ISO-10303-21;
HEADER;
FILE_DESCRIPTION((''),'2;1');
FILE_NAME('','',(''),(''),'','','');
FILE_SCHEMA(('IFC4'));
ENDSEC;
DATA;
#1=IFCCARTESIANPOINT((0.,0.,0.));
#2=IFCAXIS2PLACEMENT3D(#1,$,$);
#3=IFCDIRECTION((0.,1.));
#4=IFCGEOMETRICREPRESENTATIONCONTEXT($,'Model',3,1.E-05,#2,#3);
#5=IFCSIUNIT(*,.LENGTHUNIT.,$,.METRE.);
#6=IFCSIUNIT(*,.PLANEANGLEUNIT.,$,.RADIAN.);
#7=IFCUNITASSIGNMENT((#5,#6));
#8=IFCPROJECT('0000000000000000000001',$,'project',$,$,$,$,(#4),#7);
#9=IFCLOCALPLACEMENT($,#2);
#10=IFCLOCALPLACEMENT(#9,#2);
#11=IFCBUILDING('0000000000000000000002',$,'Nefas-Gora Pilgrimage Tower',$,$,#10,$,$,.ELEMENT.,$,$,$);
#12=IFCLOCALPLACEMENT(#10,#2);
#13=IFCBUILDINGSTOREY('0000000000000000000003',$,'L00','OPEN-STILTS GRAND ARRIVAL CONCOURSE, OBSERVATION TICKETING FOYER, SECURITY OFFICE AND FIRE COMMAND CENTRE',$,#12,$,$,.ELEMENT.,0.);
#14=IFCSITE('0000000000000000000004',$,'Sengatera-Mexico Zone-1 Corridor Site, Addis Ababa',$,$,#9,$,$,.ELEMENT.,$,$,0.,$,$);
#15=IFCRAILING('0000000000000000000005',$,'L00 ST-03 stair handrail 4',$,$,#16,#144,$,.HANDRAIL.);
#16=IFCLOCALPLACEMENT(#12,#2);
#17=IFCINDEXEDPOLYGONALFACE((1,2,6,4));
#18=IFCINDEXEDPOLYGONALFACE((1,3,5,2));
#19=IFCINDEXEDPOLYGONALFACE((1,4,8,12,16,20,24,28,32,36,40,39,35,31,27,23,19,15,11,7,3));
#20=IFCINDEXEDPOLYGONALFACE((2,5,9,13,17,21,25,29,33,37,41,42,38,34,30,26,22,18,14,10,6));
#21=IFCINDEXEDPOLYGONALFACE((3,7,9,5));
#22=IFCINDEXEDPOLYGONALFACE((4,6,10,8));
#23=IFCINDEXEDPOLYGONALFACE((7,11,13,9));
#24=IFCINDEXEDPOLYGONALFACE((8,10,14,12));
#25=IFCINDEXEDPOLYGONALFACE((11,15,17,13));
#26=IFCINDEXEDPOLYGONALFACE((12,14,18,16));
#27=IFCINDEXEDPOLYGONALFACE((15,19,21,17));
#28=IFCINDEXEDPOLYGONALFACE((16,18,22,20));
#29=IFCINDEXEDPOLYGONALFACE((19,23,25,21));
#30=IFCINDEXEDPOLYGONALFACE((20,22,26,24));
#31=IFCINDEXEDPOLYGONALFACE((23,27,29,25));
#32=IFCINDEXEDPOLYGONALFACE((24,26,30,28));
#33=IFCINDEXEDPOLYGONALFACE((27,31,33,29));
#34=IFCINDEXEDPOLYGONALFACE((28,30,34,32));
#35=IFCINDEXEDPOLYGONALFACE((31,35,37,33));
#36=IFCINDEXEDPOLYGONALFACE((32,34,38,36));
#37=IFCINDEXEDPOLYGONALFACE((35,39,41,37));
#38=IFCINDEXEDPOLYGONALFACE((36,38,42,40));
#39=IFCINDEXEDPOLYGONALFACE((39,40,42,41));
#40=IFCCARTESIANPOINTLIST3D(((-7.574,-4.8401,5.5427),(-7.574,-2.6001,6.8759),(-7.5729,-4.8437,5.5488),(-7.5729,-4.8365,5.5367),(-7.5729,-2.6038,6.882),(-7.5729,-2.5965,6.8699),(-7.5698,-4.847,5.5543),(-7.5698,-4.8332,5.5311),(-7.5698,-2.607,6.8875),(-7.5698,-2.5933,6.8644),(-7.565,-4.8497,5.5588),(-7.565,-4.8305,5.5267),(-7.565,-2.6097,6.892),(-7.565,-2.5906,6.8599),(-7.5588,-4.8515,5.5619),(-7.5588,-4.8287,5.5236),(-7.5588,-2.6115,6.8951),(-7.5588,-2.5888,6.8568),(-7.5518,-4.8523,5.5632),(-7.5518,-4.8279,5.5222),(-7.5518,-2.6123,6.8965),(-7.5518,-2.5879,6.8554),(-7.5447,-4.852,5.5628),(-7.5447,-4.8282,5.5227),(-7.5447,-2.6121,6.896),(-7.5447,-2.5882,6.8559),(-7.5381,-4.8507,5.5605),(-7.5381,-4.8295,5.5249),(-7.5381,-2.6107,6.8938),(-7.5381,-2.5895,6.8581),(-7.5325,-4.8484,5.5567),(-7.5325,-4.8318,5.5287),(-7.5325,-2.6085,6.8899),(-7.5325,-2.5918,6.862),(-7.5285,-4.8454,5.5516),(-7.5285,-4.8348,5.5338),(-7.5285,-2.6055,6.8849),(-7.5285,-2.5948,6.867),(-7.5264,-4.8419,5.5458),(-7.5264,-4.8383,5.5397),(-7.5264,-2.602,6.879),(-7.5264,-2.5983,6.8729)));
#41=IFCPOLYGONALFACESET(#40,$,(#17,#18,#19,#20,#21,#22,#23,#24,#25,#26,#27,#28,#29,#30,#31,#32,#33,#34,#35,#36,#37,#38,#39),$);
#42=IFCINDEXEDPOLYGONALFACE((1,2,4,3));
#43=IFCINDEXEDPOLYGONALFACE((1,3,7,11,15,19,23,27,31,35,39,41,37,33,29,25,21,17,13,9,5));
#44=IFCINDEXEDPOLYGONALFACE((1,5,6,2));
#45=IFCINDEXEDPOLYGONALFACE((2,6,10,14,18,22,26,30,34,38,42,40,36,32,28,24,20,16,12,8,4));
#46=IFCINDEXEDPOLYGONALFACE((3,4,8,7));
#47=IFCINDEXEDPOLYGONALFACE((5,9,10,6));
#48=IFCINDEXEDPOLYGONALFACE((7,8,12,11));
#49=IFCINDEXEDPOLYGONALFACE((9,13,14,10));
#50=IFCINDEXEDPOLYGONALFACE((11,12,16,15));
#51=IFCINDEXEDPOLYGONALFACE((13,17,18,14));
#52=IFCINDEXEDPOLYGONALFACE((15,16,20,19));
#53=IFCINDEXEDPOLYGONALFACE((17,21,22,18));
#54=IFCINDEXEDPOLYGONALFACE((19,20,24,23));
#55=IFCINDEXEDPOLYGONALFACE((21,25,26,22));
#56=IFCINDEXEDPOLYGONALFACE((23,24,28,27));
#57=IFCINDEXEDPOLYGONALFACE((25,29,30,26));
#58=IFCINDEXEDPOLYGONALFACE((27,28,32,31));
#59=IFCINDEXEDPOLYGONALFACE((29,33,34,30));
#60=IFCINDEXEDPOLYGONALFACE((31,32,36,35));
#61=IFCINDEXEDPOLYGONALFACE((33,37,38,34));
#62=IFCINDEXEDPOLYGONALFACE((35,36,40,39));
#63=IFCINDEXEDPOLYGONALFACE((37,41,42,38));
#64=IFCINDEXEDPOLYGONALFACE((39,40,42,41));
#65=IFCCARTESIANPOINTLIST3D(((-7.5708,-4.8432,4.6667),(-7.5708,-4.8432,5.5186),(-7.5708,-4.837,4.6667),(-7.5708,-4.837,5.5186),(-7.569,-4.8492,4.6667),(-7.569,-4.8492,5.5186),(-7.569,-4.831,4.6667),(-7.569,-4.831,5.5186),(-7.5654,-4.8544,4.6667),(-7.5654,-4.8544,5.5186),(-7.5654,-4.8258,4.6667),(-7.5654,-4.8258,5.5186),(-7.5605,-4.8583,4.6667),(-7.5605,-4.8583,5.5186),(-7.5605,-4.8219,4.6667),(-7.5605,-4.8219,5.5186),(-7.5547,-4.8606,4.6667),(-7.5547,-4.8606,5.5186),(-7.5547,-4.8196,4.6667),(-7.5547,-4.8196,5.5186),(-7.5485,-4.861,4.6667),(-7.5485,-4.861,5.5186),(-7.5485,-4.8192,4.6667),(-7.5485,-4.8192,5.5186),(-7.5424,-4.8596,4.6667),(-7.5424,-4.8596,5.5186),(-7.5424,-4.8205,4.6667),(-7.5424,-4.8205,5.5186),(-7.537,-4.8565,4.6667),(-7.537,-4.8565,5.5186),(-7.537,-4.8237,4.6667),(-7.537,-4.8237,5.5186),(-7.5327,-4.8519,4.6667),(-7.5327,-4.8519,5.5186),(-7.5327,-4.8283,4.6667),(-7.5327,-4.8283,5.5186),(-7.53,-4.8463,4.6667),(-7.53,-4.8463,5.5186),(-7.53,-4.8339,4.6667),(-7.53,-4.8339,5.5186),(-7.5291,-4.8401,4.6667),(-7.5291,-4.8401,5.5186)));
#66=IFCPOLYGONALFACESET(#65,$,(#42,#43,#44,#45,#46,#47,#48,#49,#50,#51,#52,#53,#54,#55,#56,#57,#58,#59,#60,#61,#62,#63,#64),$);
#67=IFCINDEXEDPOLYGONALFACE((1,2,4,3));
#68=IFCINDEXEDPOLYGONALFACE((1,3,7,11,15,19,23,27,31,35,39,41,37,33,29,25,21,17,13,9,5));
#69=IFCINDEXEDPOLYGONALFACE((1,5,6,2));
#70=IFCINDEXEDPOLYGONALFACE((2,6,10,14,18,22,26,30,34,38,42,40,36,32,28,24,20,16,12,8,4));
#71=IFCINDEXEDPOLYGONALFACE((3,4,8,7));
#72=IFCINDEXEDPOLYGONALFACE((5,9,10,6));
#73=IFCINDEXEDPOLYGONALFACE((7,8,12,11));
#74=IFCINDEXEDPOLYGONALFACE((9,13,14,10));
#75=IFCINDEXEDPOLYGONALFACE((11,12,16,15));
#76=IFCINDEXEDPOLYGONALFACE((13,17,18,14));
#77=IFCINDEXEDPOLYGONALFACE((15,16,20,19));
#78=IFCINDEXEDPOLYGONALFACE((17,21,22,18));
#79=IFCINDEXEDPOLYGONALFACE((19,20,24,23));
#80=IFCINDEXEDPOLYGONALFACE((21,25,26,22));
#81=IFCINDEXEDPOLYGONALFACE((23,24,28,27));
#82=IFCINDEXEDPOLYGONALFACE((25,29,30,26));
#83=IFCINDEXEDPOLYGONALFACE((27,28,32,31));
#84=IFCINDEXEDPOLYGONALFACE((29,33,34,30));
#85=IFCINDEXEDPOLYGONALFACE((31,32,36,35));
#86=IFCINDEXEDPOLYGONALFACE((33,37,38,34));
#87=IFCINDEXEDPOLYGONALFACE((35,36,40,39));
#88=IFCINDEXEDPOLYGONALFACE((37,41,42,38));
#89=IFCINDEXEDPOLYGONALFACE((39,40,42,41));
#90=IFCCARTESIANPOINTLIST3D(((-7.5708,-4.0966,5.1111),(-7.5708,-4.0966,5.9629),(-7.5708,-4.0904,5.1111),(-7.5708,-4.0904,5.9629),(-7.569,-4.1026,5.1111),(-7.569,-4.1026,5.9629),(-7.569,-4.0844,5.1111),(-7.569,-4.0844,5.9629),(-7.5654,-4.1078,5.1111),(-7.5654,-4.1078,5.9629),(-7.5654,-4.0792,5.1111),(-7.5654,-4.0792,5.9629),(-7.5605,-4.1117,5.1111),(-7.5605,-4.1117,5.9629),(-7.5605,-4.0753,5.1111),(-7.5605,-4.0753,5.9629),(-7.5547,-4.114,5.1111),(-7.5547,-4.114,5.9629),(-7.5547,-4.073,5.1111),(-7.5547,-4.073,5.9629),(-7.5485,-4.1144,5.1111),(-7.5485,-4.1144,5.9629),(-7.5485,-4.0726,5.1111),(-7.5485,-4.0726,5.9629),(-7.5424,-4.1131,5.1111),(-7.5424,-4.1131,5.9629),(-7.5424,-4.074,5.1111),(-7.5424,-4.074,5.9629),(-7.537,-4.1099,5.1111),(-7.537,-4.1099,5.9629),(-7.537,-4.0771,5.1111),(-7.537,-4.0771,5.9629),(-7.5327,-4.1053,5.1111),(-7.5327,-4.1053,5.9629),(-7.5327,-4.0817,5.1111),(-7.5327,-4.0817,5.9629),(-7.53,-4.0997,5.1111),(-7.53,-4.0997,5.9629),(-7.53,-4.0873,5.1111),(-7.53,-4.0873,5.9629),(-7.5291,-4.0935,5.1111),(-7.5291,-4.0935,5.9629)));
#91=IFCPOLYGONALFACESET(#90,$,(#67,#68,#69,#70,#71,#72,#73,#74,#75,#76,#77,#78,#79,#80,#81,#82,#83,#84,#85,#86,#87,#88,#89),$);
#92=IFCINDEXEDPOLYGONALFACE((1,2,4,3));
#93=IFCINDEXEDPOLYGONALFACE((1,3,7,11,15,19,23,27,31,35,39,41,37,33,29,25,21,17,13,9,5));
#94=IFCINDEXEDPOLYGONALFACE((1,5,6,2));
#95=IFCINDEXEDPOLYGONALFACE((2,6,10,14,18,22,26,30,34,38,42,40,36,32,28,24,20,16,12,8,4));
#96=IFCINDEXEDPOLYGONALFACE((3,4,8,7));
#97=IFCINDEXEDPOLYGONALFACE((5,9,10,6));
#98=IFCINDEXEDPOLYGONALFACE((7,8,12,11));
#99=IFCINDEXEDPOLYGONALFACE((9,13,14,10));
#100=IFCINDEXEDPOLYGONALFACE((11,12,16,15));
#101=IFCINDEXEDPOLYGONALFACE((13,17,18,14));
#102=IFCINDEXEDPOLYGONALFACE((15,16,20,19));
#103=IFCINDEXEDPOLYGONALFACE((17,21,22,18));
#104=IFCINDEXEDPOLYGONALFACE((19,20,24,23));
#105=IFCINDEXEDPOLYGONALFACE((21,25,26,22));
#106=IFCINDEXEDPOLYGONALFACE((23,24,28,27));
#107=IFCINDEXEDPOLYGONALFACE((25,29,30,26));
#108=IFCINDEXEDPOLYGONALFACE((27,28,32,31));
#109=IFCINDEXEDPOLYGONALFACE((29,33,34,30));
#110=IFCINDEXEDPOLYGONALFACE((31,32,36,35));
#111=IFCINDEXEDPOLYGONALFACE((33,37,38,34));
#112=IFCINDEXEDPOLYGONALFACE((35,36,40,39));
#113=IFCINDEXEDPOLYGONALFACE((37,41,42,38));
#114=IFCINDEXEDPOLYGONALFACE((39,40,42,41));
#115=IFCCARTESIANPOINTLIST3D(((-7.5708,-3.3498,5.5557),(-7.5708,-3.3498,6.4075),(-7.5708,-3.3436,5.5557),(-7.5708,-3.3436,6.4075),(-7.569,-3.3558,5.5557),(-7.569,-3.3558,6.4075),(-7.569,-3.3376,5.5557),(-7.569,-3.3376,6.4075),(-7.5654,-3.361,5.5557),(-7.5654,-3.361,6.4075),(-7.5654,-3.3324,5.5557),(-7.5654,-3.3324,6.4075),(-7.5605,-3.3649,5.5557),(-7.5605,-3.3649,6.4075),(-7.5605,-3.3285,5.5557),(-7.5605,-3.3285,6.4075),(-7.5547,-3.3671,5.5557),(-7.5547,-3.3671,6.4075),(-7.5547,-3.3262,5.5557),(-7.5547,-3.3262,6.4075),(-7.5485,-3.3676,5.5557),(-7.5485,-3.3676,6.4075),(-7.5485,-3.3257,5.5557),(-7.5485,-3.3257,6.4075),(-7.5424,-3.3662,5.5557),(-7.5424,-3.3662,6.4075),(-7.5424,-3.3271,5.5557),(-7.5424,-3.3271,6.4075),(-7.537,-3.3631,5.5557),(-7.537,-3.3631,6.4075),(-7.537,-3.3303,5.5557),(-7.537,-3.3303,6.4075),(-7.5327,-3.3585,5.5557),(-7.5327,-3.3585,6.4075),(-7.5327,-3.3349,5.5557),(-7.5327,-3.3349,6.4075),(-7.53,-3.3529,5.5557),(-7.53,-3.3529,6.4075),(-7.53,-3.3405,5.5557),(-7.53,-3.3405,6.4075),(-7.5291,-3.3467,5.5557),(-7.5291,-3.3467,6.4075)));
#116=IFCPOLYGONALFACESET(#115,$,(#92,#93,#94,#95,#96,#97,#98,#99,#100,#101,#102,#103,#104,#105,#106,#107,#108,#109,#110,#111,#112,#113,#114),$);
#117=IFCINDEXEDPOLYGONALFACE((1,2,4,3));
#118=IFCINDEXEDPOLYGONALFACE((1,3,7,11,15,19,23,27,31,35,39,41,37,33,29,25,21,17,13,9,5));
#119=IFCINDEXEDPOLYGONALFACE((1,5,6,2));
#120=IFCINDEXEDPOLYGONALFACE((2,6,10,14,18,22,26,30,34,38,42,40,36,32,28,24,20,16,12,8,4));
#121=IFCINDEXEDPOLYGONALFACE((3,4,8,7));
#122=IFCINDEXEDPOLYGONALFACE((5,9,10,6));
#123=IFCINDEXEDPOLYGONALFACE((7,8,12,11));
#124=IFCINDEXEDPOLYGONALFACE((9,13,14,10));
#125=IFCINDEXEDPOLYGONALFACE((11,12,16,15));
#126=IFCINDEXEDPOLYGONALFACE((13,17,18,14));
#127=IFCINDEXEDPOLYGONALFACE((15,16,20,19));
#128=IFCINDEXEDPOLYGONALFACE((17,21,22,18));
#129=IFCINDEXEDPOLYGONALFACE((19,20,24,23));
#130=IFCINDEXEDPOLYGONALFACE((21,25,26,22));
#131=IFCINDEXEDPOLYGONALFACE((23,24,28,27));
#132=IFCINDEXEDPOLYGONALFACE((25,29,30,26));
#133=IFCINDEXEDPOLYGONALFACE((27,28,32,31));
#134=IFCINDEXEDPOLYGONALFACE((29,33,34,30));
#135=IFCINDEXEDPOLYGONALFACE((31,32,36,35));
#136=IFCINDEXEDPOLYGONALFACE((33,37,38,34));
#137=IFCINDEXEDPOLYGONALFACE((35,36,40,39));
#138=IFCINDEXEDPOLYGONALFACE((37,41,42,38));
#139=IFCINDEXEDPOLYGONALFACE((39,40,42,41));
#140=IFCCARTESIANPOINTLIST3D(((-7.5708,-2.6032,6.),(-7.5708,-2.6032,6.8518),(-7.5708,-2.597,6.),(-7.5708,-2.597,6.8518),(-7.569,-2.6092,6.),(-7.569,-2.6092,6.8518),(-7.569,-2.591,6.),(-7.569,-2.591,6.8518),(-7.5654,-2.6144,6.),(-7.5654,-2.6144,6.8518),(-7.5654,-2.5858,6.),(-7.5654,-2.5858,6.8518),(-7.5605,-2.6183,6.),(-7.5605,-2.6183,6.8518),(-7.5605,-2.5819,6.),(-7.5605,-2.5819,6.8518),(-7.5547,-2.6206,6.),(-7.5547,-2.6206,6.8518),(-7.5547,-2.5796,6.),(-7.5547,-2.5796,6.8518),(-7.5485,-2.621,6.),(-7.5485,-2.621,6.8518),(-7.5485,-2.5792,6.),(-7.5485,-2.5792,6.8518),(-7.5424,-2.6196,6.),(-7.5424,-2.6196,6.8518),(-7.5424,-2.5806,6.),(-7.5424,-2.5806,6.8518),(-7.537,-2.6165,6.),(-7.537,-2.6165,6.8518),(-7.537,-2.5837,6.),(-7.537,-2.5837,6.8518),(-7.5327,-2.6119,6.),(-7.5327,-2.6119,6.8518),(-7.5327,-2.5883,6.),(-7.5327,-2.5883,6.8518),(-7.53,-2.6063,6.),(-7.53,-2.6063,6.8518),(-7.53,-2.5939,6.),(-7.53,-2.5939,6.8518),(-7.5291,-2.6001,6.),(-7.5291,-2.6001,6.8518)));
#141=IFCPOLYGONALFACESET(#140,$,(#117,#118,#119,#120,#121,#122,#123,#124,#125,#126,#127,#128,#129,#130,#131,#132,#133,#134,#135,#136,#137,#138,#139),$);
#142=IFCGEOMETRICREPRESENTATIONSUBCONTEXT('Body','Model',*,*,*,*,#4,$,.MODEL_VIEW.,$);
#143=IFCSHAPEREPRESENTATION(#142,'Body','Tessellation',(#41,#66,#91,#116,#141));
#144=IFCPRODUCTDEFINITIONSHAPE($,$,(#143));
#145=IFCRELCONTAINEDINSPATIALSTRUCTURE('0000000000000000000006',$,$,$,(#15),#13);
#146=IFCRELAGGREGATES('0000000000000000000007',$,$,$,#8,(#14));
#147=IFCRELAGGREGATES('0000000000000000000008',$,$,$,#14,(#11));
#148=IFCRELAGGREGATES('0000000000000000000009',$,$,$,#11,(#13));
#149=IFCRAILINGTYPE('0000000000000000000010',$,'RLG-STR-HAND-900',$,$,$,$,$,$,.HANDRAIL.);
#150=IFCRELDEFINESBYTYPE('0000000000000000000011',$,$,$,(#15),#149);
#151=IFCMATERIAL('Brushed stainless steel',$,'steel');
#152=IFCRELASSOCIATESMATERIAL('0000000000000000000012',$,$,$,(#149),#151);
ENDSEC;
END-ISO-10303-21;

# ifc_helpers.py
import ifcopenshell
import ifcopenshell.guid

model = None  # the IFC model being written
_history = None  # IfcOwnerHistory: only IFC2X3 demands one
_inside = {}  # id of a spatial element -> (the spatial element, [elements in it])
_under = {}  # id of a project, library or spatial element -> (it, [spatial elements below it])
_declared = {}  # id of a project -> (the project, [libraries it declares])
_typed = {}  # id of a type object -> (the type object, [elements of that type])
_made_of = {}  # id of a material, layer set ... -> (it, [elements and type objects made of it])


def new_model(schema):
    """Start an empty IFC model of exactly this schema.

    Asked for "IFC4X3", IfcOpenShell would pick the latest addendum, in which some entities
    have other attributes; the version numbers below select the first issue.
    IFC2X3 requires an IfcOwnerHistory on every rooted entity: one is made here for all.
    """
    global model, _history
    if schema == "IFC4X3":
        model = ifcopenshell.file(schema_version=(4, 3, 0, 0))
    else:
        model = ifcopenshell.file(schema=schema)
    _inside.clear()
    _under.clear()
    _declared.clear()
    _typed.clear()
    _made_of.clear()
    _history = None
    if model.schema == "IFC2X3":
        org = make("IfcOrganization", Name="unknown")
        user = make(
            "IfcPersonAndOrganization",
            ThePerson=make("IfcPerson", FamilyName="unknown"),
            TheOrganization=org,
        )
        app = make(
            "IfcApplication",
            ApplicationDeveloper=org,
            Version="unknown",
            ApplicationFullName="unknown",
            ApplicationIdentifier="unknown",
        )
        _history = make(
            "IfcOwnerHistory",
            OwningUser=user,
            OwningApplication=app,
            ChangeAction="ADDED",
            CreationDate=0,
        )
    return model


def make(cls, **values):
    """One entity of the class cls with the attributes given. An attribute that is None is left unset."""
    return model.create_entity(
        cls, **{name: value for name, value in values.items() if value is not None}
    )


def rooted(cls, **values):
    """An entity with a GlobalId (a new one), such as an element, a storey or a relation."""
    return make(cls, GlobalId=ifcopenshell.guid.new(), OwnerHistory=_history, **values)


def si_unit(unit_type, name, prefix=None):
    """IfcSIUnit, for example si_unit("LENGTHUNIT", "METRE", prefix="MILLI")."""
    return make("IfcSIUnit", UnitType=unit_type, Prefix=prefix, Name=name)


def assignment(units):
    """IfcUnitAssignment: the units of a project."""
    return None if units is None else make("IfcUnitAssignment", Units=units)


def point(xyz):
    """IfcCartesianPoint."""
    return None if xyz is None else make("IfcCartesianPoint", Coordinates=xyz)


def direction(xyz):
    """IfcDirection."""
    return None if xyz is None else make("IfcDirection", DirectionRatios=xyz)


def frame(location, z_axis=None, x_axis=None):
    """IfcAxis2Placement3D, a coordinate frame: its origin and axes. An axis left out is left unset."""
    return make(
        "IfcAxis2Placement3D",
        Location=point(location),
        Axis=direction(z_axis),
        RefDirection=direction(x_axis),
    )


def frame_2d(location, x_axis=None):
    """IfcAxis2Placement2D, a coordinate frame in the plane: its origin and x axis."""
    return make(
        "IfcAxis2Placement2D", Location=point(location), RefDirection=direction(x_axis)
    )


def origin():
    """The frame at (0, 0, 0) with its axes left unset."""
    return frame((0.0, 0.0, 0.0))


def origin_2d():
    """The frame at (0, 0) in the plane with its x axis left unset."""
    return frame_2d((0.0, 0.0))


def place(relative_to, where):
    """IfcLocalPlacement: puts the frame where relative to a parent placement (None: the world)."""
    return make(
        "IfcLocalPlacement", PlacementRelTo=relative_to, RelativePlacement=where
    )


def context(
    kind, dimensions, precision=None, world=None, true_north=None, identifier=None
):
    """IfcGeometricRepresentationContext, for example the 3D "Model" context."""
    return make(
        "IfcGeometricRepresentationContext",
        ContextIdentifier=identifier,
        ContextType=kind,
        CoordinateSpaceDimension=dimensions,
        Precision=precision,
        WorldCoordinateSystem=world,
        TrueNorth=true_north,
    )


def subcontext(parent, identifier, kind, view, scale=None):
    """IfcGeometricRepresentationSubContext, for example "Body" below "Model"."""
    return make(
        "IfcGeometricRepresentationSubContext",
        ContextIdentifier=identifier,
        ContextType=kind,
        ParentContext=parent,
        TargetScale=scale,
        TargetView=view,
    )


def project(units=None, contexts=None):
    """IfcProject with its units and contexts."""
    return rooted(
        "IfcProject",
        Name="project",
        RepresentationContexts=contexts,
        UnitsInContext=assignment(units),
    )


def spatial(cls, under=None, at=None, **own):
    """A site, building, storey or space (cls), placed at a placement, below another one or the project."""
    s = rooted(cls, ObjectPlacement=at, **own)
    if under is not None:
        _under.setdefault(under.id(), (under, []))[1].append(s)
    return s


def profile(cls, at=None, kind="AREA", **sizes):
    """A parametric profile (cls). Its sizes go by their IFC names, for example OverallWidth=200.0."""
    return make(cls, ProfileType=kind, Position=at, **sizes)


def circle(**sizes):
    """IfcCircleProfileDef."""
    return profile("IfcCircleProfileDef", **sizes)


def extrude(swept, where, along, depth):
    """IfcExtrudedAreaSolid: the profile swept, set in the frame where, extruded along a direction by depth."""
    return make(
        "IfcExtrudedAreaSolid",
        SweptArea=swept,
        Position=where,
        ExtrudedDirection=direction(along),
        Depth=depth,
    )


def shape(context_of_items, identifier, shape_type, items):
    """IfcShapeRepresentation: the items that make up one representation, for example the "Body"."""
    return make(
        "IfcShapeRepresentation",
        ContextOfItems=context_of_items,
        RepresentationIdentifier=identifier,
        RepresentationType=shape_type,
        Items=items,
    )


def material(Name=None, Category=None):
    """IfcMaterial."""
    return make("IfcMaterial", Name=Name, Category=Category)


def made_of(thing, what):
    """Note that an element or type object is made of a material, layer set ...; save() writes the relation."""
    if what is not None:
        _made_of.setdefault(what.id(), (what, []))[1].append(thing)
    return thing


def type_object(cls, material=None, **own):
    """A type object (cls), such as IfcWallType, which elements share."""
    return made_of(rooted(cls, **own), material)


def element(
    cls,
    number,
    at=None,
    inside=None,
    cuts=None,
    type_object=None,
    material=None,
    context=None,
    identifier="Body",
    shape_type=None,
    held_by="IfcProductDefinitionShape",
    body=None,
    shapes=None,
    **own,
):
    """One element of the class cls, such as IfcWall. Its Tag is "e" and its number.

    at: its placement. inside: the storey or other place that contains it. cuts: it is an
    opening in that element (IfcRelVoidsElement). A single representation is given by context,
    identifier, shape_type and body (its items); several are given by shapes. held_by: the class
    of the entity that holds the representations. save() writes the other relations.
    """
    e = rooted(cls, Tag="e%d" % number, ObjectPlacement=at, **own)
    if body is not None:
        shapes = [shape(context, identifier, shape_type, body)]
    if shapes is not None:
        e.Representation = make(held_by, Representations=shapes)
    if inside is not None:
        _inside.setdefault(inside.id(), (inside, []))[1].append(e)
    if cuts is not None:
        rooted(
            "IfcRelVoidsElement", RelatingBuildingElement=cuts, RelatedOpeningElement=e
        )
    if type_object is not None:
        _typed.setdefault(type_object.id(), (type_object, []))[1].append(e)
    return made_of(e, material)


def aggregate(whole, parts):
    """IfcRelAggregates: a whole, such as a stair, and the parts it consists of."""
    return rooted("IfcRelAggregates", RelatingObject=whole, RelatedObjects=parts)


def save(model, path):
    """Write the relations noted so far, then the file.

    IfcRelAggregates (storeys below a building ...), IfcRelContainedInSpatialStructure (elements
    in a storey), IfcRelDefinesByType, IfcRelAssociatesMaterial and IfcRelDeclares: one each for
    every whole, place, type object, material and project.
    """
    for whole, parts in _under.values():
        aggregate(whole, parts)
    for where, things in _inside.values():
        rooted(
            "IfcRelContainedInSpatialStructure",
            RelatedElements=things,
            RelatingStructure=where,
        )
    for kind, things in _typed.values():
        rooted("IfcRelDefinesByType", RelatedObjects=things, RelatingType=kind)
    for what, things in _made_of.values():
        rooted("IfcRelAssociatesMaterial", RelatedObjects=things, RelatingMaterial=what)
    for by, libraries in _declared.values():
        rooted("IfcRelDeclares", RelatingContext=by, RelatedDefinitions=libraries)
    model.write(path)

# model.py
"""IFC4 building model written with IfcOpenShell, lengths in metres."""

from ifc_helpers import new_model, si_unit, direction, frame, origin, origin_2d, place, context, subcontext, project, spatial, circle, extrude, material, type_object, element, save


model = new_model("IFC4")

# Units and contexts
model_context = context("Model", 3, precision=1e-05, world=origin(), true_north=direction((0.0, 1.0)))
body_context = subcontext(model_context, "Body", "Model", "MODEL_VIEW")
ifc_project = project(units=[si_unit("LENGTHUNIT", "METRE"), si_unit("PLANEANGLEUNIT", "RADIAN")], contexts=[model_context])

# Site, building, storey
site_placement = place(None, origin())
site = spatial("IfcSite", under=ifc_project, at=site_placement, Name="Sengatera-Mexico Zone-1 Corridor Site, Addis Ababa", CompositionType="ELEMENT", RefElevation=0.0)
building_placement = place(site_placement, origin())
building = spatial("IfcBuilding", under=site, at=building_placement, Name="Nefas-Gora Pilgrimage Tower", CompositionType="ELEMENT")
storey_placement = place(building_placement, origin())
storey = spatial("IfcBuildingStorey", under=building, at=storey_placement, Name="L00", Description="OPEN-STILTS GRAND ARRIVAL CONCOURSE, OBSERVATION TICKETING FOYER, SECURITY OFFICE AND FIRE COMMAND CENTRE", CompositionType="ELEMENT", Elevation=0.0)

# Railing
ifc_material_1 = material(Name="Brushed stainless steel", Category="steel")
railing_type_1 = type_object("IfcRailingType", Name="RLG-STR-HAND-900", PredefinedType="HANDRAIL", material=ifc_material_1)
railing_1_placement = place(storey_placement, frame((-7.55, -4.8401, 4.6667)))
element("IfcRailing", 1, at=railing_1_placement, inside=storey, type_object=railing_type_1, Name="L00 ST-03 stair handrail 4", PredefinedType="HANDRAIL", context=body_context, shape_type="SweptSolid", body=[
    extrude(circle(Radius=0.0239, at=origin_2d()), frame((0.0, 0.0, 0.876), z_axis=(0.0, 0.859306, 0.511462), x_axis=(-1.0, 0.0, 0.0)), (0.0, 0.0, 1.0), 2.6067),
    extrude(circle(Radius=0.021, at=origin_2d()), origin(), (0.0, 0.0, 1.0), 0.8518),
    extrude(circle(Radius=0.021, at=origin_2d()), frame((0.0, 0.7466, 0.4443)), (0.0, 0.0, 1.0), 0.8518),
    extrude(circle(Radius=0.021, at=origin_2d()), frame((0.0, 1.4934, 0.8889)), (0.0, 0.0, 1.0), 0.8518),
    extrude(circle(Radius=0.021, at=origin_2d()), frame((0.0, 2.24, 1.3333)), (0.0, 0.0, 1.0), 0.8518),
])

save(model, "model.ifc")
